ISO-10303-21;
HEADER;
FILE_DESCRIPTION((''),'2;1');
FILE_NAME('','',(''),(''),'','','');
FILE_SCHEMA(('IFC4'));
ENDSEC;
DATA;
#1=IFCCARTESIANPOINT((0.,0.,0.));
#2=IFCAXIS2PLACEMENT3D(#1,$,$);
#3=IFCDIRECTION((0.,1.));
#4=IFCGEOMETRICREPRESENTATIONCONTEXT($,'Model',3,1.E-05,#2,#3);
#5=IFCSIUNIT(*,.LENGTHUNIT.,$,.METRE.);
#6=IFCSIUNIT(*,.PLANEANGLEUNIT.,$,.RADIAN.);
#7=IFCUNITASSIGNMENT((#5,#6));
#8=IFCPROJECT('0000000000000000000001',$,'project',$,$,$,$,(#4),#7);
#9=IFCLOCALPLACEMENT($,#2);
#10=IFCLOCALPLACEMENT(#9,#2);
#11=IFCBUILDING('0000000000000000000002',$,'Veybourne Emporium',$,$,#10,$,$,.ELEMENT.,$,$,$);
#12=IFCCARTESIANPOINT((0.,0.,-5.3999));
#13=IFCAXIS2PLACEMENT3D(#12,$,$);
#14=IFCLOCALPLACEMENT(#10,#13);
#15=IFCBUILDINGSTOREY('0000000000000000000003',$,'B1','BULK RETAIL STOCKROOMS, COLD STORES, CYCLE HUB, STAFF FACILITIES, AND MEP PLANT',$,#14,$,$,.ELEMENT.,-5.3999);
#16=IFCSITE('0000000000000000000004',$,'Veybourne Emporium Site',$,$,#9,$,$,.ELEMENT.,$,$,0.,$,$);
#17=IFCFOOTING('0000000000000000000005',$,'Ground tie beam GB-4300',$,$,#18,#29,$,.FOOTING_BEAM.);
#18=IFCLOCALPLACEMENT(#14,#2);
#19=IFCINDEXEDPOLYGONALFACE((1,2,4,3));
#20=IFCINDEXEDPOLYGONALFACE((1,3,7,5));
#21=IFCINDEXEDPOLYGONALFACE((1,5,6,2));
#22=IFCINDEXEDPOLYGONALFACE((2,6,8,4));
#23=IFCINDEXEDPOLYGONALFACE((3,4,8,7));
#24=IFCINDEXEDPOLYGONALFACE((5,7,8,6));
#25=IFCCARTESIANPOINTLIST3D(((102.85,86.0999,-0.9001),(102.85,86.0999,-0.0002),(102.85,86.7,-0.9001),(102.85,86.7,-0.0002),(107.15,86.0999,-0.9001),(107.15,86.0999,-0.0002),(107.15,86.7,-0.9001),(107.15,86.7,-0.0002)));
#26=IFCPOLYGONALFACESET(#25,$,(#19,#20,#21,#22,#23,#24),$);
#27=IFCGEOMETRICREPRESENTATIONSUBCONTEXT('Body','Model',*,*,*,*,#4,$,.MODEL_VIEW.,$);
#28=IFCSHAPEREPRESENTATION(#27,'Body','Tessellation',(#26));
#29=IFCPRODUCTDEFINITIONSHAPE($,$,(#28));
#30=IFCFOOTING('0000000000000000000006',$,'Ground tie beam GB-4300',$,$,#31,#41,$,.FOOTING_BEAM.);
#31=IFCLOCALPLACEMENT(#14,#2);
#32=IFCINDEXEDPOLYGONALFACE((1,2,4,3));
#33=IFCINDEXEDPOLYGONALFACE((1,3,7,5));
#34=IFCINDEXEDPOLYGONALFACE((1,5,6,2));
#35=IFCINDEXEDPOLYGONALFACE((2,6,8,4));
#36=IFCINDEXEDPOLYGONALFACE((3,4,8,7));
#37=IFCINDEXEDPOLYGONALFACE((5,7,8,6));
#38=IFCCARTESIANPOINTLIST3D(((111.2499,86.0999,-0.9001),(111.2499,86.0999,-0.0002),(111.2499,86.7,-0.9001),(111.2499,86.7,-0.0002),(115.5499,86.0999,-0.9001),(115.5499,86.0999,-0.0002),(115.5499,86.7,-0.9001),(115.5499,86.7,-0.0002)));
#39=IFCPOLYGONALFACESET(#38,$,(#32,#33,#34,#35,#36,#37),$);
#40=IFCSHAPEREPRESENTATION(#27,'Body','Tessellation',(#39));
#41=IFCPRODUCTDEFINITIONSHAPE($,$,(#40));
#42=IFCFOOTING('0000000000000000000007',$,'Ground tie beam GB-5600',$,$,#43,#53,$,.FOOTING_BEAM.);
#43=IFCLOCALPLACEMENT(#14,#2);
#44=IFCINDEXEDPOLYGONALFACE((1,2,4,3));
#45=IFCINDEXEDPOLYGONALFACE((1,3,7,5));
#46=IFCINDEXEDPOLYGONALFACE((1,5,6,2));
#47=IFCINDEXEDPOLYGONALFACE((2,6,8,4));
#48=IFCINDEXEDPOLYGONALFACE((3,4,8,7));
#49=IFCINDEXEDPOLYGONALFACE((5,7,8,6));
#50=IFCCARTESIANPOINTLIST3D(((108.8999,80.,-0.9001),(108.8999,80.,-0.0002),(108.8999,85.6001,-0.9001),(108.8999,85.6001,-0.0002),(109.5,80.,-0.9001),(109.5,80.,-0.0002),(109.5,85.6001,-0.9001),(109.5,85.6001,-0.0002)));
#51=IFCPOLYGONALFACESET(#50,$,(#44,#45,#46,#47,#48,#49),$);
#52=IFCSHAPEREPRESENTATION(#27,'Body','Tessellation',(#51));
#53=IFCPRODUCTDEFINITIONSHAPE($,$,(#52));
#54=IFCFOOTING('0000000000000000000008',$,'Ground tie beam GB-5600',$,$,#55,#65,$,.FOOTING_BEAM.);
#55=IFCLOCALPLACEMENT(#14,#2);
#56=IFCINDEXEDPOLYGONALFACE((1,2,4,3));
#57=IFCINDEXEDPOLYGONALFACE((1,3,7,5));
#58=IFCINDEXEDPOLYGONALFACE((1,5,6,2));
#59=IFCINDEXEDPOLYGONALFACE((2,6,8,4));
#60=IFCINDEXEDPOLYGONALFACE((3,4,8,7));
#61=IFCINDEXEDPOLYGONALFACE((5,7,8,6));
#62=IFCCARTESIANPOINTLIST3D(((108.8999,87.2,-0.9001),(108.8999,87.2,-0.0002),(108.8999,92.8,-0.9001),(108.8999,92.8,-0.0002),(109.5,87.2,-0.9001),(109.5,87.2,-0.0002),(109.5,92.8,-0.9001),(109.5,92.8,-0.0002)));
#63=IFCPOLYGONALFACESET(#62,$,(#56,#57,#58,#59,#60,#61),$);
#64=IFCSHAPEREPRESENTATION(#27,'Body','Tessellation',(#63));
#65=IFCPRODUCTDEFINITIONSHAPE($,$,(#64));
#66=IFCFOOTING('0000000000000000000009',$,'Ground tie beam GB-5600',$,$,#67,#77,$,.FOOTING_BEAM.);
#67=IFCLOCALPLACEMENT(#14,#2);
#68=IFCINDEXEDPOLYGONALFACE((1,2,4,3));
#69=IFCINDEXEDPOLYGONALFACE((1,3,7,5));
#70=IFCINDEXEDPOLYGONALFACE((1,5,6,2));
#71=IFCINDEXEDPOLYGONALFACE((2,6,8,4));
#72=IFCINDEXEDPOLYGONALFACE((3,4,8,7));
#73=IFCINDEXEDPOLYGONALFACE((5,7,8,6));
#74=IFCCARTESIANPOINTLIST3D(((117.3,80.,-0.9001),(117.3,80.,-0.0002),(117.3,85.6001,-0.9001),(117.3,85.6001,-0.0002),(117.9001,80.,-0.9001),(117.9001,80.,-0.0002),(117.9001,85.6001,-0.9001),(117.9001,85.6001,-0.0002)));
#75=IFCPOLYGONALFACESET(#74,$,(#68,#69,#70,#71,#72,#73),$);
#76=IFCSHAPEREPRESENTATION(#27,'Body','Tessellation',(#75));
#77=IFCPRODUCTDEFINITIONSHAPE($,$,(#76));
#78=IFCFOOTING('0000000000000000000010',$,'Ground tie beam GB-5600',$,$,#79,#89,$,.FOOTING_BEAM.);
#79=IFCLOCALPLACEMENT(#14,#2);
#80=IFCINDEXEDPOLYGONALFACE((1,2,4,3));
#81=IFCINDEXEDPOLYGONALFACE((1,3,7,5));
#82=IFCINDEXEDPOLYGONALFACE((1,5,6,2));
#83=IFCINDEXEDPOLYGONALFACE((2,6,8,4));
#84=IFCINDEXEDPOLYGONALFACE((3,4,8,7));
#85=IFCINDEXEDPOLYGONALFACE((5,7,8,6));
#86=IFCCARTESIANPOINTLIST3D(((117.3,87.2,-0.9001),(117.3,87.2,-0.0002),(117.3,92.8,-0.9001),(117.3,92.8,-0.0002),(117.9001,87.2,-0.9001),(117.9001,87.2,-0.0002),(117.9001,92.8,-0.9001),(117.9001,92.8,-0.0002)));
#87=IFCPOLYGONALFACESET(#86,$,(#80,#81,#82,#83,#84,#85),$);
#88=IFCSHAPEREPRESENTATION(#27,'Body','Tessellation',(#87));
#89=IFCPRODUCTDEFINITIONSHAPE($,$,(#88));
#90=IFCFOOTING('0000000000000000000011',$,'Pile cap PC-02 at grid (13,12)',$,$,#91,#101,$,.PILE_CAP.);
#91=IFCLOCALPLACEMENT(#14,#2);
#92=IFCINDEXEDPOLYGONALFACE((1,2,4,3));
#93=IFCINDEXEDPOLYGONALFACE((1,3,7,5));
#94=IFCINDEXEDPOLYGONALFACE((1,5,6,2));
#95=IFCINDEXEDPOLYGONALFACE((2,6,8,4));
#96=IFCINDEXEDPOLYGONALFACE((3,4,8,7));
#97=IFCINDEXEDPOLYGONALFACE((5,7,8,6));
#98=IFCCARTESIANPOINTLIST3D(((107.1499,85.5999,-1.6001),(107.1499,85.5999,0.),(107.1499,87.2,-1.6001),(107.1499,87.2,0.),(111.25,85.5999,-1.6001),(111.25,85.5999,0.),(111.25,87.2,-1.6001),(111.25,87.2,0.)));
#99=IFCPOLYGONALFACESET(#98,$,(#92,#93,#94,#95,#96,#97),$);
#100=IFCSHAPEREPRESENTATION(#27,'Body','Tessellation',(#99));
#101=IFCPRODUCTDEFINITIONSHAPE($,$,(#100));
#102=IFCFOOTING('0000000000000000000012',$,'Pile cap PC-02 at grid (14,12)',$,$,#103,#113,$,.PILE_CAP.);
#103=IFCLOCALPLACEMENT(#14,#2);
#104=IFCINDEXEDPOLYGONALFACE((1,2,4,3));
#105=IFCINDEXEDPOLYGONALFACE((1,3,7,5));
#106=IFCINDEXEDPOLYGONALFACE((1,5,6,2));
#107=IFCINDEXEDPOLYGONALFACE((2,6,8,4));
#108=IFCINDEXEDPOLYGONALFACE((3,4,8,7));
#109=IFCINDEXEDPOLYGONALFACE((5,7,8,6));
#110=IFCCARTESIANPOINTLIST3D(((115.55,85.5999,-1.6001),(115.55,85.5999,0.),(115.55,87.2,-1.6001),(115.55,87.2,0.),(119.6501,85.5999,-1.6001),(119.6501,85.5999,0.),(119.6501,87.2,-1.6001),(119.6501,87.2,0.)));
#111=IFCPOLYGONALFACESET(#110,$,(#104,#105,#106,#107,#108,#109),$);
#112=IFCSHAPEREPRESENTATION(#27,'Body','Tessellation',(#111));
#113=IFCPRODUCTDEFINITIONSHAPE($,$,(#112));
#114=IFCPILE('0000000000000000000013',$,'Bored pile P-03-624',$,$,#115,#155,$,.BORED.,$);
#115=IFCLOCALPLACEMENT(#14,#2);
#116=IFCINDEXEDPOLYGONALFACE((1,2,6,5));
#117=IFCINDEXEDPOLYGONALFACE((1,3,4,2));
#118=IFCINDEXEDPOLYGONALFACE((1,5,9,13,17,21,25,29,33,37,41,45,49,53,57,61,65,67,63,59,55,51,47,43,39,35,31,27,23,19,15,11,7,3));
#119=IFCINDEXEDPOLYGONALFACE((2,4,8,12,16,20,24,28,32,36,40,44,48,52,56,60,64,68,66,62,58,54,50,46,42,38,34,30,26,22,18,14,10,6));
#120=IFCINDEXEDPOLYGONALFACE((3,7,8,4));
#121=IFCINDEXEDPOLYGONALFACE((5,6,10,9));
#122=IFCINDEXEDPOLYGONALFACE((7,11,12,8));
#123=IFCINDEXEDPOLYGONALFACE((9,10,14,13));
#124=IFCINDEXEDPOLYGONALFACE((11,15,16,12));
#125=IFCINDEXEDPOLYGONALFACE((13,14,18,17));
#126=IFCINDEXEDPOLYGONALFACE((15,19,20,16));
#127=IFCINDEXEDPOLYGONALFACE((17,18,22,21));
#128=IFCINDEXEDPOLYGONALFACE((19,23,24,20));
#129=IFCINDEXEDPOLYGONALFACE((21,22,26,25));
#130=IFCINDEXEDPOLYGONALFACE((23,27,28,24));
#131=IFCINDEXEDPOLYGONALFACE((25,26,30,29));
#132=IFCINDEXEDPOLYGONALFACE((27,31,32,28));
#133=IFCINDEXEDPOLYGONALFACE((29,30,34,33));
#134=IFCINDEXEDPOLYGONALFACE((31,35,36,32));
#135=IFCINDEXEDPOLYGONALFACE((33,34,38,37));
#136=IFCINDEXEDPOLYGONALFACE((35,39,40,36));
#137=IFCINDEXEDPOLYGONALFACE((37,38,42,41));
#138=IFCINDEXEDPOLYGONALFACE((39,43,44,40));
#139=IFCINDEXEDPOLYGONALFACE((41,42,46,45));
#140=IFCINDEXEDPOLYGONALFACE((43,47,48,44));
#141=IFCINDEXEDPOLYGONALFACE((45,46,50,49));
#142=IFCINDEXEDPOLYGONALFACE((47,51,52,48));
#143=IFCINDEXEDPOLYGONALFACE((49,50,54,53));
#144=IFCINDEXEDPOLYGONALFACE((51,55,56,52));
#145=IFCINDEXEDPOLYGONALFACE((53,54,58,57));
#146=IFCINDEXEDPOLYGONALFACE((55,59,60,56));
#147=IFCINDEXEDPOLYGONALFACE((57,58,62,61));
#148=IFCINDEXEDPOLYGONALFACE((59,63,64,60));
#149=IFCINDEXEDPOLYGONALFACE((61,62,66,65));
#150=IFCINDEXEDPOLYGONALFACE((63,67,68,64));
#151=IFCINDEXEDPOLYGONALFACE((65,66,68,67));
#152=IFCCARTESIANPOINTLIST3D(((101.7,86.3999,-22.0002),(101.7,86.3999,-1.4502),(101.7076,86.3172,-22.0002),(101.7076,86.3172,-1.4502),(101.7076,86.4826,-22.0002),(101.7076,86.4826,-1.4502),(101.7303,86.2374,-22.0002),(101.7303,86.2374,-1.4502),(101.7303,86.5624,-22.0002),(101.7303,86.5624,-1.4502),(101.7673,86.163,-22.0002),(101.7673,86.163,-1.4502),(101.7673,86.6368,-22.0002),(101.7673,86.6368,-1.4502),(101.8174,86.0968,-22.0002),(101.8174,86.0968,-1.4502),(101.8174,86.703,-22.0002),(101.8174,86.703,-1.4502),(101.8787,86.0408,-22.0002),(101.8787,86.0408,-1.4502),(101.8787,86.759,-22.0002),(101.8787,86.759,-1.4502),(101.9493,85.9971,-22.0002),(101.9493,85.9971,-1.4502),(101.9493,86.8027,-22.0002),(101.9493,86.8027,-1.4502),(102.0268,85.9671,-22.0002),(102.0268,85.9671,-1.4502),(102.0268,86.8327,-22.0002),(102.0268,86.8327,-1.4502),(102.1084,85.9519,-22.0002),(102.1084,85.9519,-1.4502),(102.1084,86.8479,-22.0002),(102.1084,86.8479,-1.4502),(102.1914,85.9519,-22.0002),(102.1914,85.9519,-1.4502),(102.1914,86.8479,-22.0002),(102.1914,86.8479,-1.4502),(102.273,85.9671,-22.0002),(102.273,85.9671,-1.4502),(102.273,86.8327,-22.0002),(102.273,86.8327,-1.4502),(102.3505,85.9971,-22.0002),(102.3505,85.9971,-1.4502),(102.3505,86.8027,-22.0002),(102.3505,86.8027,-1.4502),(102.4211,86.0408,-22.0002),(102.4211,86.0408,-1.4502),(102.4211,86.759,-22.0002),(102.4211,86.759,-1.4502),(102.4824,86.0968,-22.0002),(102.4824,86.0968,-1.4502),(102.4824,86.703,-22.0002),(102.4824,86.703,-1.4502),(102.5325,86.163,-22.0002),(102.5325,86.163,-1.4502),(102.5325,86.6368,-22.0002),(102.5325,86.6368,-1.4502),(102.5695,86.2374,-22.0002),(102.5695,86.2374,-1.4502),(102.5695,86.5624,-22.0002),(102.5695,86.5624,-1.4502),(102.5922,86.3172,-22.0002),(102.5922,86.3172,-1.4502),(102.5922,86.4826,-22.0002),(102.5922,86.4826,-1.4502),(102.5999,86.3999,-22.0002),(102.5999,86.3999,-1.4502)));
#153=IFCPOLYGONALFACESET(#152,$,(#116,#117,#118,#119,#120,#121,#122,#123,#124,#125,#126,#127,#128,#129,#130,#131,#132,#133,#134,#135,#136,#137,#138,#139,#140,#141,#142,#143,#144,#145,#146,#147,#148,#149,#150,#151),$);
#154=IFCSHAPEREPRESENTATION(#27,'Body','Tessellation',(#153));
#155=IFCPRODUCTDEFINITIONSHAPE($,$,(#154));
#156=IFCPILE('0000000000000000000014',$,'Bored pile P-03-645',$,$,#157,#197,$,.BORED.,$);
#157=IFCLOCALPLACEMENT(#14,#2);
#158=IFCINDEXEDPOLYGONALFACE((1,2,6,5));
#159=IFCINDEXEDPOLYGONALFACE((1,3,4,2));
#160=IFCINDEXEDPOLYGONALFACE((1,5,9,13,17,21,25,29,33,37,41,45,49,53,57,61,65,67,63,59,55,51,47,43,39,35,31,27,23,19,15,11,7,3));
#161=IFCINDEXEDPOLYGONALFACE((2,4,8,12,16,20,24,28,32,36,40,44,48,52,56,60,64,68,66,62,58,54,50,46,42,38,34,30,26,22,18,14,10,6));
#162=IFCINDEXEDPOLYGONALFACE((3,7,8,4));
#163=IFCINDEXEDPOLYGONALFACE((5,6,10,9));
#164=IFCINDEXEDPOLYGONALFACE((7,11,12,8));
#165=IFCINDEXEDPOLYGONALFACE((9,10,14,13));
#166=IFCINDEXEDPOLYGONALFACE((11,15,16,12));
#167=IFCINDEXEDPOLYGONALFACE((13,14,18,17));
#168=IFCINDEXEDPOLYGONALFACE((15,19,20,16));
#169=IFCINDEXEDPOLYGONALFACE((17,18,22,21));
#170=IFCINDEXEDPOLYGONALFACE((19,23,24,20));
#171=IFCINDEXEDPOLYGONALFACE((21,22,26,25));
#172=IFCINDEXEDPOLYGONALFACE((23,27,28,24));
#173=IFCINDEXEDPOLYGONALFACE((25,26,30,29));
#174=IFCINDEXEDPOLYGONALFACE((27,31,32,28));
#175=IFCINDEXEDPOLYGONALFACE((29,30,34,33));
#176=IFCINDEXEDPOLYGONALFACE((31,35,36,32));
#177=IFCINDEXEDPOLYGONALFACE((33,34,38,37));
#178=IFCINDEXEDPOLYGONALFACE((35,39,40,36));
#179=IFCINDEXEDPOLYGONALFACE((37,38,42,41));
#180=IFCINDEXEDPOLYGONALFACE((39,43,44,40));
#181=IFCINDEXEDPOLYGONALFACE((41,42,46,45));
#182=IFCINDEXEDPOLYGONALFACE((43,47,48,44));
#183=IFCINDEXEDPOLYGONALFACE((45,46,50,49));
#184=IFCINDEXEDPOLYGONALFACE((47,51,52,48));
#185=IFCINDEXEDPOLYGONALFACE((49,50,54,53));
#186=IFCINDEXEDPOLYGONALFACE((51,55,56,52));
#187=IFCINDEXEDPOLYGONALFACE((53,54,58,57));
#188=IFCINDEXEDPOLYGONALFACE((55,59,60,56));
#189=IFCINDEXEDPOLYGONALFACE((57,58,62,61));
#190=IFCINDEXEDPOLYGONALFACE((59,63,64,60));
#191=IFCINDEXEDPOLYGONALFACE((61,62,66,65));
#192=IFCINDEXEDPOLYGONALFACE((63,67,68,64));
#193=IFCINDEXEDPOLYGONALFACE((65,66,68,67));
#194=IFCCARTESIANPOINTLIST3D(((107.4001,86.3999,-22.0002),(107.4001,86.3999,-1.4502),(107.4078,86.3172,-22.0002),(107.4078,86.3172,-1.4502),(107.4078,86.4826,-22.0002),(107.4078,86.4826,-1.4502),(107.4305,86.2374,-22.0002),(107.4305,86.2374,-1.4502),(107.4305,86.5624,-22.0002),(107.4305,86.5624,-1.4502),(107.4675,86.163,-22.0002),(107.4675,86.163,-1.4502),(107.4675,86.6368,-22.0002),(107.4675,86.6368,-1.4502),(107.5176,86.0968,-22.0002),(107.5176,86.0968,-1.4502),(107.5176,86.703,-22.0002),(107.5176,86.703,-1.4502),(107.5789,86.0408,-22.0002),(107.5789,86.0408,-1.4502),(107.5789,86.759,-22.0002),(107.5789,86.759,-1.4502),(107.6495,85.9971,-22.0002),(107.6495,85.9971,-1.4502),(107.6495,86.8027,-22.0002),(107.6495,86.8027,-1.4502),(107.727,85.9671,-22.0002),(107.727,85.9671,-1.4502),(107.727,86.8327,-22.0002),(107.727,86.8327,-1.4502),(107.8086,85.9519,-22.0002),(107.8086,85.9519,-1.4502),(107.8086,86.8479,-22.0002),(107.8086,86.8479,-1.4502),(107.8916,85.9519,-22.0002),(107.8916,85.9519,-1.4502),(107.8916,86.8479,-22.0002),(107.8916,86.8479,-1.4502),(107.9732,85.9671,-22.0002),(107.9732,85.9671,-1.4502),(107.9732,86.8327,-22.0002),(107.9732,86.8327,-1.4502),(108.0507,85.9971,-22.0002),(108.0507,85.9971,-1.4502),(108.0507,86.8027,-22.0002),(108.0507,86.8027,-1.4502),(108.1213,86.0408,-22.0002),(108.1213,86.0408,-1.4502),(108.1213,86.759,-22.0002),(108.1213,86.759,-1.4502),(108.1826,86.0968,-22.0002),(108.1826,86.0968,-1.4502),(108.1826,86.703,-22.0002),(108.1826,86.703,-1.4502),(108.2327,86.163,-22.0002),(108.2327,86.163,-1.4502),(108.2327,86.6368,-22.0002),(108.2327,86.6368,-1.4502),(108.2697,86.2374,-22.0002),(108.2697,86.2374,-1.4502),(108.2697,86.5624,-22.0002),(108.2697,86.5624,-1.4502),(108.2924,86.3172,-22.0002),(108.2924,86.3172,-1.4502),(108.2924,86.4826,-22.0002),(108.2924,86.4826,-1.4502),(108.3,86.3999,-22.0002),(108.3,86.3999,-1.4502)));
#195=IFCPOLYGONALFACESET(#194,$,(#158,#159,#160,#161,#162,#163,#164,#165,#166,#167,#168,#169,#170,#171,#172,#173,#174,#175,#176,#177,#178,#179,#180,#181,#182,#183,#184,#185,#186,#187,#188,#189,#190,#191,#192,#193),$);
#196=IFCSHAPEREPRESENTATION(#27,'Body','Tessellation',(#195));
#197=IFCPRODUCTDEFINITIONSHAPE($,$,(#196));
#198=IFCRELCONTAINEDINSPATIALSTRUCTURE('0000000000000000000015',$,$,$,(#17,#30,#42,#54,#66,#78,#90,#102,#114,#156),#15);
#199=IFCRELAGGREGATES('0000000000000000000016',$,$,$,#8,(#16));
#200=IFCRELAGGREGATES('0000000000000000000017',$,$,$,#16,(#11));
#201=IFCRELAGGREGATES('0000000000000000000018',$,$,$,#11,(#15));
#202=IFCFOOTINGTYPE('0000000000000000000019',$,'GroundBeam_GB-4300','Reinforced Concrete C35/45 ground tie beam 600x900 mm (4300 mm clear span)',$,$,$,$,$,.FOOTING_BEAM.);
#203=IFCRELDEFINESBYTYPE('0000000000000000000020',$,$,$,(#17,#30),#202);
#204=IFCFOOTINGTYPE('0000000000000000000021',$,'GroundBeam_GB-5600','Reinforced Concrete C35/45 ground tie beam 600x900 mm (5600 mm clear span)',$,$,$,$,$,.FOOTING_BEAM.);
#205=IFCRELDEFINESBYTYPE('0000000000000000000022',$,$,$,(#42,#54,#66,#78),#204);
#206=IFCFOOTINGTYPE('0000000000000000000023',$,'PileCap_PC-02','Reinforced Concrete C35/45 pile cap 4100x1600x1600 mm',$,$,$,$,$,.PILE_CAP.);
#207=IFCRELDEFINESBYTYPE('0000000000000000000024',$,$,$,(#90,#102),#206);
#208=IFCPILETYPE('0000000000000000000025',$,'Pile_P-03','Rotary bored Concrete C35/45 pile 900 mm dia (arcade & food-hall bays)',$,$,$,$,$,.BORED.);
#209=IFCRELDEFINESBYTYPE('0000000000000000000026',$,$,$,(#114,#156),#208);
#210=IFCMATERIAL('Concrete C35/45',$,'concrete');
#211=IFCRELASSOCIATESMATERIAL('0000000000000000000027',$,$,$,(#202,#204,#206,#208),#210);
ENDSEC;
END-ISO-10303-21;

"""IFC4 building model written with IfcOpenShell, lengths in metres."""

from ifc_helpers import new_model, si_unit, direction, frame, origin, origin_2d, place, context, subcontext, project, spatial, rectangle, circle, extrude, material, material_profile, profile_set, type_object, element, save


model = new_model("IFC4")

# Units and contexts
model_context = context("Model", 3, precision=1e-05, world=origin(), true_north=direction((0.0, 1.0)))
body_context = subcontext(model_context, "Body", "Model", "MODEL_VIEW")
ifc_project = project(units=[si_unit("LENGTHUNIT", "METRE"), si_unit("PLANEANGLEUNIT", "RADIAN")], contexts=[model_context])

# Site, building, storey
site_placement = place(None, origin())
site = spatial("IfcSite", under=ifc_project, at=site_placement, Name="Veybourne Emporium Site", CompositionType="ELEMENT", RefElevation=0.0)
building_placement = place(site_placement, origin())
building = spatial("IfcBuilding", under=site, at=building_placement, Name="Veybourne Emporium", CompositionType="ELEMENT")
storey_placement = place(building_placement, frame((0.0, 0.0, -5.3999)))
storey = spatial("IfcBuildingStorey", under=building, at=storey_placement, Name="B1", Description="BULK RETAIL STOCKROOMS, COLD STORES, CYCLE HUB, STAFF FACILITIES, AND MEP PLANT", CompositionType="ELEMENT", Elevation=-5.3999)

# Footings
ifc_material_1 = material(Name="Concrete C35/45", Category="concrete")
footing_type_1 = type_object("IfcFootingType", Name="GroundBeam_GB-4300", Description="Reinforced Concrete C35/45 ground tie beam 600x900 mm (4300 mm clear span)", PredefinedType="FOOTING_BEAM", material=ifc_material_1)
for number, where, z_axis, x_axis, name in (
    (1, (105.0, 86.3999, -0.9001), (0.0, 0.0, 1.0), (1.0, 0.0, 0.0), "Ground tie beam GB-4300"),
    (2, (113.3999, 86.3999, -0.9001), (0.0, 0.0, 1.0), (1.0, 0.0, 0.0), "Ground tie beam GB-4300"),
):
    element("IfcFooting", number, at=place(storey_placement, frame(where, z_axis=z_axis, x_axis=x_axis)), inside=storey, type_object=footing_type_1, Name=name, PredefinedType="FOOTING_BEAM", context=body_context, shape_type="SweptSolid", body=[
        extrude(rectangle(XDim=4.3, YDim=0.6001, at=origin_2d()), origin(), (0.0, 0.0, 1.0), 0.8999),
    ])
footing_type_2 = type_object("IfcFootingType", Name="GroundBeam_GB-5600", Description="Reinforced Concrete C35/45 ground tie beam 600x900 mm (5600 mm clear span)", PredefinedType="FOOTING_BEAM", material=ifc_material_1)
for number, where, z_axis, x_axis, name in (
    (3, (109.2, 82.8, -0.9001), (0.0, 0.0, 1.0), (0.0, 1.0, 0.0), "Ground tie beam GB-5600"),
    (4, (109.2, 90.0, -0.9001), (0.0, 0.0, 1.0), (0.0, 1.0, 0.0), "Ground tie beam GB-5600"),
    (5, (117.6001, 82.8, -0.9001), (0.0, 0.0, 1.0), (0.0, 1.0, 0.0), "Ground tie beam GB-5600"),
    (6, (117.6001, 90.0, -0.9001), (0.0, 0.0, 1.0), (0.0, 1.0, 0.0), "Ground tie beam GB-5600"),
):
    element("IfcFooting", number, at=place(storey_placement, frame(where, z_axis=z_axis, x_axis=x_axis)), inside=storey, type_object=footing_type_2, Name=name, PredefinedType="FOOTING_BEAM", context=body_context, shape_type="SweptSolid", body=[
        extrude(rectangle(XDim=5.6001, YDim=0.6001, at=origin_2d()), origin(), (0.0, 0.0, 1.0), 0.8999),
    ])
footing_type_3 = type_object("IfcFootingType", Name="PileCap_PC-02", Description="Reinforced Concrete C35/45 pile cap 4100x1600x1600 mm", PredefinedType="PILE_CAP", material=ifc_material_1)
for number, where, z_axis, x_axis, name in (
    (7, (109.2, 86.3999, -1.6001), (0.0, 0.0, 1.0), (1.0, 0.0, 0.0), "Pile cap PC-02 at grid (13,12)"),
    (8, (117.6001, 86.3999, -1.6001), (0.0, 0.0, 1.0), (1.0, 0.0, 0.0), "Pile cap PC-02 at grid (14,12)"),
):
    element("IfcFooting", number, at=place(storey_placement, frame(where, z_axis=z_axis, x_axis=x_axis)), inside=storey, type_object=footing_type_3, Name=name, PredefinedType="PILE_CAP", context=body_context, shape_type="SweptSolid", body=[
        extrude(rectangle(XDim=4.1001, YDim=1.6001, at=origin_2d()), origin(), (0.0, 0.0, 1.0), 1.6001),
    ])

# Piles
ifc_material_profile_1 = material_profile(ifc_material_1, circle(Radius=0.45, at=origin_2d()), Name="BORED PILE 900")
ifc_profile_set_1 = profile_set([ifc_material_profile_1], Name="Concrete C35/45")
pile_type = type_object("IfcPileType", Name="Pile_P-03", Description="Rotary bored Concrete C35/45 pile 900 mm dia (arcade & food-hall bays)", PredefinedType="BORED", material=ifc_profile_set_1)
for number, where, z_axis, x_axis, name in (
    (9, (102.1499, 86.3999, -1.4502), (0.0, 0.0, -1.0), (1.0, 0.0, 0.0), "Bored pile P-03-624"),
    (10, (107.8501, 86.3999, -1.4502), (0.0, 0.0, -1.0), (1.0, 0.0, 0.0), "Bored pile P-03-645"),
):
    element("IfcPile", number, at=place(storey_placement, frame(where, z_axis=z_axis, x_axis=x_axis)), inside=storey, type_object=pile_type, Name=name, PredefinedType="BORED", context=body_context, shape_type="SweptSolid", body=[
        extrude(circle(Radius=0.45, at=origin_2d()), origin(), (0.0, 0.0, 1.0), 20.55),
    ])

save(model, "model.ifc")
